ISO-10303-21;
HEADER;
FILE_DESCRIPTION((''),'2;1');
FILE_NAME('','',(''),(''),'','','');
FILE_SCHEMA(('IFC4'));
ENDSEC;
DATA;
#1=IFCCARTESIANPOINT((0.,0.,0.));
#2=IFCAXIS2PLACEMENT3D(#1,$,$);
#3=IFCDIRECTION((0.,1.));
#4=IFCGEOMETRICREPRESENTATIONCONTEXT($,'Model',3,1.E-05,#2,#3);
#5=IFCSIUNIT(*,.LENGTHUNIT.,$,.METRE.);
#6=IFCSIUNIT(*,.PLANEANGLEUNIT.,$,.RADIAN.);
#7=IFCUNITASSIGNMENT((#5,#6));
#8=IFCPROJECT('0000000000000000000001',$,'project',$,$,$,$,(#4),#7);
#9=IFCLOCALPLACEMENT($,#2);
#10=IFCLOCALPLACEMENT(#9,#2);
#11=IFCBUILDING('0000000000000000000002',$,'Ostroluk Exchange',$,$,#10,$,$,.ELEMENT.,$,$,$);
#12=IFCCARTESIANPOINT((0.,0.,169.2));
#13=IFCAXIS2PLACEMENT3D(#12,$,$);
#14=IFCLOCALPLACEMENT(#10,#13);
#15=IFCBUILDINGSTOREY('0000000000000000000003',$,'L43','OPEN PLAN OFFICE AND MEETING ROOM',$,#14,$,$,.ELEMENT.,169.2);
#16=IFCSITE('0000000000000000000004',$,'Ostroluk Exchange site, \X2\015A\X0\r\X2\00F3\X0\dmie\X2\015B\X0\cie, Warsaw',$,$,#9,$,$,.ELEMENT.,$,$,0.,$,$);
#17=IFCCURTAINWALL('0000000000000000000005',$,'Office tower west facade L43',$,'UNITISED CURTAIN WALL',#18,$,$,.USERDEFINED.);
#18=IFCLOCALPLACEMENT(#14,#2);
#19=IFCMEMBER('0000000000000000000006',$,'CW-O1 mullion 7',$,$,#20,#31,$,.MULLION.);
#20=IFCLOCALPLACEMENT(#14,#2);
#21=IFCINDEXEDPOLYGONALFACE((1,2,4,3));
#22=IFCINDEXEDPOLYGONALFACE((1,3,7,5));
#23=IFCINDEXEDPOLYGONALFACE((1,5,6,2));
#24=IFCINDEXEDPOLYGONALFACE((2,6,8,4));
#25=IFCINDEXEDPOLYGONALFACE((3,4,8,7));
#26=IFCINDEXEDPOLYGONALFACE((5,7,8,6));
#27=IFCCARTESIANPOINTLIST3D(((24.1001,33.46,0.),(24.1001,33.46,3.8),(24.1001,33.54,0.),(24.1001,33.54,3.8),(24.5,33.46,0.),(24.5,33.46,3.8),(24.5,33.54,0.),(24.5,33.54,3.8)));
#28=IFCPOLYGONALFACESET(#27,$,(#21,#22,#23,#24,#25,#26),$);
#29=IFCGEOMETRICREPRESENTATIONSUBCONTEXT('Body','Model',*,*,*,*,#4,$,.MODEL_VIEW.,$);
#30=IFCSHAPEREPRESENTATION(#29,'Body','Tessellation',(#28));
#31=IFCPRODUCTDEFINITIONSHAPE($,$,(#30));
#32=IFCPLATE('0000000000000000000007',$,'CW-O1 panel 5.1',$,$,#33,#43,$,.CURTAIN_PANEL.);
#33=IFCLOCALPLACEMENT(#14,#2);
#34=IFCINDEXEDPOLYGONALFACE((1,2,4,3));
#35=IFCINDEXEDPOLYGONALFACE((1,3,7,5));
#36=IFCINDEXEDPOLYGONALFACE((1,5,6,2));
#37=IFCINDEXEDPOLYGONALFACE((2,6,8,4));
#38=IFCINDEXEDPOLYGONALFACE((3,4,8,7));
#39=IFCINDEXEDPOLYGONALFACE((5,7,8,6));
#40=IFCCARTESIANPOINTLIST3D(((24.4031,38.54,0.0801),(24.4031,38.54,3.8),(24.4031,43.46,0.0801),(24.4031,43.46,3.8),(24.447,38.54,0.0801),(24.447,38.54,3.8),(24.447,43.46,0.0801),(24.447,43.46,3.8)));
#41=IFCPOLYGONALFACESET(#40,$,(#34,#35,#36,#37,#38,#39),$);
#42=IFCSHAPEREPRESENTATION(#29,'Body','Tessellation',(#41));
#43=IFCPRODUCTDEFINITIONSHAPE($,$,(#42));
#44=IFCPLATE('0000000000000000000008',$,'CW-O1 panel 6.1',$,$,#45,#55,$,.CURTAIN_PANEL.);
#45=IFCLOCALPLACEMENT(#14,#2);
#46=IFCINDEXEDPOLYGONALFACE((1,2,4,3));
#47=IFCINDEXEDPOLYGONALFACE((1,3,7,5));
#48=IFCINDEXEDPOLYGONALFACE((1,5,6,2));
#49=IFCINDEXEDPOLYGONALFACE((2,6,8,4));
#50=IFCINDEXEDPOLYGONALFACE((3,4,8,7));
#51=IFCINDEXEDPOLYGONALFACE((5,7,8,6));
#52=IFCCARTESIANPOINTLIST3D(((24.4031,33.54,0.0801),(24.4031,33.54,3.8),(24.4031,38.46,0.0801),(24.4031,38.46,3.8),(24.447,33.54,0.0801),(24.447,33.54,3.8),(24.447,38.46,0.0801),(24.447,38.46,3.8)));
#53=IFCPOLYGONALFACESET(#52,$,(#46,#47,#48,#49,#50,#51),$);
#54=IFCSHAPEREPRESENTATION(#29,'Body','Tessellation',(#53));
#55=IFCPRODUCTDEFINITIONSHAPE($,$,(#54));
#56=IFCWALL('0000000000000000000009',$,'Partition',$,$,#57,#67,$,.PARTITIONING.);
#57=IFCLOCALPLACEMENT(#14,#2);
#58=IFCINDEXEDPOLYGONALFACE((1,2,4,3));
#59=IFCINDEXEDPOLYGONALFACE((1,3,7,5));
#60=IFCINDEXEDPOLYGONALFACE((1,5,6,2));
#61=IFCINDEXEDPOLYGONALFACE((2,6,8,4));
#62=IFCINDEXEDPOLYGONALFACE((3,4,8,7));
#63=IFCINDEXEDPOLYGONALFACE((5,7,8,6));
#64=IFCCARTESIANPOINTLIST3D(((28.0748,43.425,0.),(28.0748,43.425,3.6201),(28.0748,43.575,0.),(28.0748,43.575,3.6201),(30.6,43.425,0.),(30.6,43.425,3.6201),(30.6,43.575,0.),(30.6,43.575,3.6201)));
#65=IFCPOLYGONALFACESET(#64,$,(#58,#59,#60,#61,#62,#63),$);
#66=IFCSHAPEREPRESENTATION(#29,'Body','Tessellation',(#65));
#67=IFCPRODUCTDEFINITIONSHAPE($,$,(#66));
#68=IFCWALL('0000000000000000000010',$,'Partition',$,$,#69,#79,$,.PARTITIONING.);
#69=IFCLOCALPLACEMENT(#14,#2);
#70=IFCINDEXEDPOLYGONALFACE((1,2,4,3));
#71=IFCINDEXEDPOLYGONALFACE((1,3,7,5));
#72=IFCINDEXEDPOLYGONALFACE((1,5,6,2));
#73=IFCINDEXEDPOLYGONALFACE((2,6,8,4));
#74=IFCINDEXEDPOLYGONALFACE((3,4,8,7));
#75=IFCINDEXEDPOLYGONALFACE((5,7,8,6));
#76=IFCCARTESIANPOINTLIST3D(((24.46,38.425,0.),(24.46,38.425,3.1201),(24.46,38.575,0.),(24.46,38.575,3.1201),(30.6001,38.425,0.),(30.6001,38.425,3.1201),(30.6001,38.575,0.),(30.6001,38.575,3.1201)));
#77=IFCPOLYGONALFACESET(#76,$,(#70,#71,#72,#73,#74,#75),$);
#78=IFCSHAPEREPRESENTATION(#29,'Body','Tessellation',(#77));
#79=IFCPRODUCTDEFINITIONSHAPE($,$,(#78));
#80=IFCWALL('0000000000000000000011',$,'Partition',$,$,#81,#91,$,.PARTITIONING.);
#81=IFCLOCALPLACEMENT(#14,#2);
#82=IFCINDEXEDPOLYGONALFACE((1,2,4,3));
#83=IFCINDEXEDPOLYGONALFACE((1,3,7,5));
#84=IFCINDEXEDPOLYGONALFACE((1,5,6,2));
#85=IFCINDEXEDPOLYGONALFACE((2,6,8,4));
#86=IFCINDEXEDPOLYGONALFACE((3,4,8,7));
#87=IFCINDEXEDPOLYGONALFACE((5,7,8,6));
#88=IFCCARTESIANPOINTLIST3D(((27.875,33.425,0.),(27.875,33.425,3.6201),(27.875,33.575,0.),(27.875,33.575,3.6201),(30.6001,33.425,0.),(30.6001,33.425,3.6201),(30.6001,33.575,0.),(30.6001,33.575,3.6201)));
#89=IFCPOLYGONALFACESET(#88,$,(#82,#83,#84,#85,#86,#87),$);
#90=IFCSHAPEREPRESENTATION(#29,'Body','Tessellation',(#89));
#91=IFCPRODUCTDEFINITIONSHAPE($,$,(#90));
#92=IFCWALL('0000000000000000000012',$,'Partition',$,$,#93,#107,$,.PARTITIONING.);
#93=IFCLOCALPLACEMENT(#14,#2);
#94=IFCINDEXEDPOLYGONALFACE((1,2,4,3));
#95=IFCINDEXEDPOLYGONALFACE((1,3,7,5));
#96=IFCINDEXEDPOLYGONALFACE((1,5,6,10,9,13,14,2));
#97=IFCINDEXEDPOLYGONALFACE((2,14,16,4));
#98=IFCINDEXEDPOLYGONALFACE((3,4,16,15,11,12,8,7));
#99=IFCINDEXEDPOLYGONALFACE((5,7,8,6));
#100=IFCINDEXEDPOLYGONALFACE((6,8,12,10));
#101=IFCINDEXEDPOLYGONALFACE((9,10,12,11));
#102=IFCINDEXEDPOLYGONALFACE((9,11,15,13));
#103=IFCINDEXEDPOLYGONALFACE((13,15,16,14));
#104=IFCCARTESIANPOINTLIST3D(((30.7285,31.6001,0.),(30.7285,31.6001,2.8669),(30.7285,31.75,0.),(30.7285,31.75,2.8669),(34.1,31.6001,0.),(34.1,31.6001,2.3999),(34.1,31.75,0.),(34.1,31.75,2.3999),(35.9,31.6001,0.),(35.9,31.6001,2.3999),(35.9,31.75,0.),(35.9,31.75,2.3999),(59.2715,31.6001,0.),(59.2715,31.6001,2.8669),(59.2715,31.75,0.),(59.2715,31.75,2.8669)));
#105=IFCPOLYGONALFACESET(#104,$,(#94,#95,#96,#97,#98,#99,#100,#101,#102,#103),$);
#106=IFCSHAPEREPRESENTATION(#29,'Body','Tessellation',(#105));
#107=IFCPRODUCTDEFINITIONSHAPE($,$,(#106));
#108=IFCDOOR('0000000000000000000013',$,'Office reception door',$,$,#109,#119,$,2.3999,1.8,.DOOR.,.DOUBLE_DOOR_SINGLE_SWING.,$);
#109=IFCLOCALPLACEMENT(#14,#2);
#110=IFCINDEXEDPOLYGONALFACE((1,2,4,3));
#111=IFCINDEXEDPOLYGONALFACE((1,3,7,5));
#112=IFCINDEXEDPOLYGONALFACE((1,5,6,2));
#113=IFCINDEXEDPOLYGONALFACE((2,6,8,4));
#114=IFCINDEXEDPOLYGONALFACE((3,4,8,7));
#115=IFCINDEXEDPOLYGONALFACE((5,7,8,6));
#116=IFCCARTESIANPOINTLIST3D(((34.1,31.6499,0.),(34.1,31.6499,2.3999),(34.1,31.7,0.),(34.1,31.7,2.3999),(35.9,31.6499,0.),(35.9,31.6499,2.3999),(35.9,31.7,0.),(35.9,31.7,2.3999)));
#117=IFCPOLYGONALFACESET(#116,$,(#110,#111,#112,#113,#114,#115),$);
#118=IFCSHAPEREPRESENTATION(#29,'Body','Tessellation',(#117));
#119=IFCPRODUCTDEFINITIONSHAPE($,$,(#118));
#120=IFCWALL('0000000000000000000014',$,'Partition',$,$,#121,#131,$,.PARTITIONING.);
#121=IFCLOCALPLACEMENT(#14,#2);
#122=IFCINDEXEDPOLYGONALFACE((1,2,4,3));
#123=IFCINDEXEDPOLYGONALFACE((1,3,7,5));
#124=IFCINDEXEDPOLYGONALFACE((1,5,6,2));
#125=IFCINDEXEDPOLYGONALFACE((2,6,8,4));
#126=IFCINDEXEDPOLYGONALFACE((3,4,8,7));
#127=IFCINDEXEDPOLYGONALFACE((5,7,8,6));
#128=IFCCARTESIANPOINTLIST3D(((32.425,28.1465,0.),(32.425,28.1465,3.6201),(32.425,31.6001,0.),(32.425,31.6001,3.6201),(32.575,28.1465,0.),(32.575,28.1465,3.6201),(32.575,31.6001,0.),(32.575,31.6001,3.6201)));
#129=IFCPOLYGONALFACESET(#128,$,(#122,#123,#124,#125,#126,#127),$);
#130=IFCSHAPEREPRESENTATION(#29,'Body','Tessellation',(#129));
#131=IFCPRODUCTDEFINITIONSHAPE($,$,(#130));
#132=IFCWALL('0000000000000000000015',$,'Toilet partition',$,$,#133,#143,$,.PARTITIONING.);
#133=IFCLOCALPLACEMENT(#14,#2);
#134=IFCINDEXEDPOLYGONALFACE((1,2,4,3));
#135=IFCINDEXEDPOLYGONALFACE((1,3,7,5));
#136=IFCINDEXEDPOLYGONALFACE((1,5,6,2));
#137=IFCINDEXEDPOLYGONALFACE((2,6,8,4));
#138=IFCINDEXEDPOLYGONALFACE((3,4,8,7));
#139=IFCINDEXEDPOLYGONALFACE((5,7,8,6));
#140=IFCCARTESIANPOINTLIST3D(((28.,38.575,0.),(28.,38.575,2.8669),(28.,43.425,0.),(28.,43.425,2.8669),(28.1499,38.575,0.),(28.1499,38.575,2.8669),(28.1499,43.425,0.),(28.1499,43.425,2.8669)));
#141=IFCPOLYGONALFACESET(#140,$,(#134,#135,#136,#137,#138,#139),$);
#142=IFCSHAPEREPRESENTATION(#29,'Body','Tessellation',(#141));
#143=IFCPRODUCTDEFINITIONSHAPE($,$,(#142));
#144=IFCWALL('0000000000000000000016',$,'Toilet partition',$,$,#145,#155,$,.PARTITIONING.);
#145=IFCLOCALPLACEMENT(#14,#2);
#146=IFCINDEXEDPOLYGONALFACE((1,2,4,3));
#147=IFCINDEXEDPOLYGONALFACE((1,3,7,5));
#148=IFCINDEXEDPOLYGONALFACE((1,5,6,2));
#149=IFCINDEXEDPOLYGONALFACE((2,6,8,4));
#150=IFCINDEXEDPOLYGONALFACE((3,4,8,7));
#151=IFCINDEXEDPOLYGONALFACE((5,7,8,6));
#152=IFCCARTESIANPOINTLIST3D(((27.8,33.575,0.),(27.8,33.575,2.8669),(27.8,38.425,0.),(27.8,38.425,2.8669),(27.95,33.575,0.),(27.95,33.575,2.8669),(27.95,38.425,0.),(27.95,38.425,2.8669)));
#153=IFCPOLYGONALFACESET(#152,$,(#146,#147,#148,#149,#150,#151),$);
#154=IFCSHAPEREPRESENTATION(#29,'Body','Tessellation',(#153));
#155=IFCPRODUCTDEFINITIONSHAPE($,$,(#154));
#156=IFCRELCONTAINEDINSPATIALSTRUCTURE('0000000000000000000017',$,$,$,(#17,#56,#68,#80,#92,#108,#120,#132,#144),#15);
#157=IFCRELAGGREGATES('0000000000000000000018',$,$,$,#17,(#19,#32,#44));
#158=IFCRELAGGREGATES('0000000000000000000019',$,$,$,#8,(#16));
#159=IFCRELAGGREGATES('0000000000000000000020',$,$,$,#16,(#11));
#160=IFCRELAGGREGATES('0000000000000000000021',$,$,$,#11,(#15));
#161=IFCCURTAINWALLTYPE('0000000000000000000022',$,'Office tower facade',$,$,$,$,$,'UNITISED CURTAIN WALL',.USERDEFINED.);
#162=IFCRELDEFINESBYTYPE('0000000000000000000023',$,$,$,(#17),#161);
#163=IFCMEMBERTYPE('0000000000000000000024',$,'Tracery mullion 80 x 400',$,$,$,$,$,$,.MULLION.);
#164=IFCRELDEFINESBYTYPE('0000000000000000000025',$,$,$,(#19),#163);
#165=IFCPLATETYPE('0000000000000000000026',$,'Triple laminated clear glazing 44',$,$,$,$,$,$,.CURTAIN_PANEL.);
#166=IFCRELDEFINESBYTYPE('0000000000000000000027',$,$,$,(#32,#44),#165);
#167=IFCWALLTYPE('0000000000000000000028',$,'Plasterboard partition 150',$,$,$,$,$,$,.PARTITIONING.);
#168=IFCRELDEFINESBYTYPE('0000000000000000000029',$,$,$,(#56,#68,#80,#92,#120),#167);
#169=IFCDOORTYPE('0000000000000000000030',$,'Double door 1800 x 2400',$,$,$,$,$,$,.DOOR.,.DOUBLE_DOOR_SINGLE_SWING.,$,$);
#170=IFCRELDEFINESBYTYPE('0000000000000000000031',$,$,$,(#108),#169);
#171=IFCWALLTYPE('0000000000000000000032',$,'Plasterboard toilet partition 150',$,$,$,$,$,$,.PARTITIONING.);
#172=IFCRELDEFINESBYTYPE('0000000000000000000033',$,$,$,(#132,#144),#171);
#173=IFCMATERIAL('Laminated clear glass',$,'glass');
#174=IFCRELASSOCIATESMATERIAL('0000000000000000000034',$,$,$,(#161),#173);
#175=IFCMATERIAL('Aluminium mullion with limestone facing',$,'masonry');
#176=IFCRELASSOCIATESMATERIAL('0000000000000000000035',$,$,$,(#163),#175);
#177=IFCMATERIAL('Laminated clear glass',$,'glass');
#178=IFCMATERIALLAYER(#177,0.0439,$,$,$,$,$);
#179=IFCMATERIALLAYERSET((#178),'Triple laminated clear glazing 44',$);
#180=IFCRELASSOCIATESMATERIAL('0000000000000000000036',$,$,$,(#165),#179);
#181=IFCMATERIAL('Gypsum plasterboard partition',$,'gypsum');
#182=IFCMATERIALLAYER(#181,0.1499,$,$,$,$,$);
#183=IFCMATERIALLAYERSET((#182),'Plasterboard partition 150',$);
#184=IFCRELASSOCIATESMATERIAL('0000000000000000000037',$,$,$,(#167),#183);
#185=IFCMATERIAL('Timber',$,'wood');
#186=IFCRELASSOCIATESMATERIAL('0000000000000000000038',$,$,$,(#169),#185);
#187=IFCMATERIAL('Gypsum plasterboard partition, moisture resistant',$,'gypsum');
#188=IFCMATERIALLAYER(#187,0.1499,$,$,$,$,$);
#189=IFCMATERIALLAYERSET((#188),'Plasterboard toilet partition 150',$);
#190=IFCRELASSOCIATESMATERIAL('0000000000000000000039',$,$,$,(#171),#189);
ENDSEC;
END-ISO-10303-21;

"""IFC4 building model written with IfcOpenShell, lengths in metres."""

from ifc_helpers import new_model, si_unit, direction, frame, frame_2d, origin, origin_2d, place, context, subcontext, project, spatial, rectangle, extrude, material, layer, layer_set, material_profile, profile_set, type_object, element, fill, aggregate, save


model = new_model("IFC4")

# Units and contexts
model_context = context("Model", 3, precision=1e-05, world=origin(), true_north=direction((0.0, 1.0)))
body_context = subcontext(model_context, "Body", "Model", "MODEL_VIEW")
ifc_project = project(units=[si_unit("LENGTHUNIT", "METRE"), si_unit("PLANEANGLEUNIT", "RADIAN")], contexts=[model_context])

# Site, building, storey
site_placement = place(None, origin())
site = spatial("IfcSite", under=ifc_project, at=site_placement, Name="Ostroluk Exchange site, Śródmieście, Warsaw", CompositionType="ELEMENT", RefElevation=0.0)
building_placement = place(site_placement, origin())
building = spatial("IfcBuilding", under=site, at=building_placement, Name="Ostroluk Exchange", CompositionType="ELEMENT")
storey_placement = place(building_placement, frame((0.0, 0.0, 169.2)))
storey = spatial("IfcBuildingStorey", under=building, at=storey_placement, Name="L43", Description="OPEN PLAN OFFICE AND MEETING ROOM", CompositionType="ELEMENT", Elevation=169.2)

# Curtain wall, member, plates
ifc_material_1 = material(Name="Laminated clear glass", Category="glass")
curtain_wall_type = type_object("IfcCurtainWallType", Name="Office tower facade", ElementType="UNITISED CURTAIN WALL", PredefinedType="USERDEFINED", material=ifc_material_1)
curtain_wall_placement = place(storey_placement, origin())
curtain_wall = element("IfcCurtainWall", 1, at=curtain_wall_placement, inside=storey, type_object=curtain_wall_type, Name="Office tower west facade L43", ObjectType="UNITISED CURTAIN WALL", PredefinedType="USERDEFINED")
ifc_material_2 = material(Name="Aluminium mullion with limestone facing", Category="masonry")
ifc_material_profile_1 = material_profile(ifc_material_2, rectangle(XDim=0.3999, YDim=0.0801, at=origin_2d()), Name="Tracery mullion 80 x 400")
ifc_profile_set_1 = profile_set([ifc_material_profile_1], Name="Aluminium mullion with limestone facing")
member_type_1 = type_object("IfcMemberType", Name="Tracery mullion 80 x 400", PredefinedType="MULLION", material=ifc_profile_set_1)
member_1_placement = place(storey_placement, frame((24.3, 33.5, 0.0), z_axis=(0.0, 0.0, 1.0), x_axis=(1.0, 0.0, 0.0)))
member_1 = element("IfcMember", 2, at=member_1_placement, type_object=member_type_1, Name="CW-O1 mullion 7", PredefinedType="MULLION", context=body_context, shape_type="SweptSolid", body=[
    extrude(rectangle(XDim=0.3999, YDim=0.0801, at=origin_2d()), origin(), (0.0, 0.0, 1.0), 3.8),
])
ifc_material_3 = material(Name="Laminated clear glass", Category="glass")
ifc_layer_1 = layer(ifc_material_3, 0.0439)
ifc_layer_set_1 = layer_set([ifc_layer_1], Name="Triple laminated clear glazing 44")
plate_type = type_object("IfcPlateType", Name="Triple laminated clear glazing 44", PredefinedType="CURTAIN_PANEL", material=ifc_layer_set_1)
plate_1_placement = place(storey_placement, frame((24.425, 41.0, 0.0801), z_axis=(0.0, 0.0, 1.0), x_axis=(0.0, -1.0, 0.0)))
plate_1 = element("IfcPlate", 3, at=plate_1_placement, type_object=plate_type, Name="CW-O1 panel 5.1", PredefinedType="CURTAIN_PANEL", context=body_context, shape_type="SweptSolid", body=[
    extrude(rectangle(XDim=4.9199, YDim=0.0439, at=origin_2d()), origin(), (0.0, 0.0, 1.0), 3.72),
])
plate_2_placement = place(storey_placement, frame((24.425, 36.0, 0.0801), z_axis=(0.0, 0.0, 1.0), x_axis=(0.0, -1.0, 0.0)))
plate_2 = element("IfcPlate", 4, at=plate_2_placement, type_object=plate_type, Name="CW-O1 panel 6.1", PredefinedType="CURTAIN_PANEL", context=body_context, shape_type="SweptSolid", body=[
    extrude(rectangle(XDim=4.9199, YDim=0.0439, at=origin_2d()), origin(), (0.0, 0.0, 1.0), 3.72),
])
aggregate(curtain_wall, [member_1, plate_1, plate_2])

# Walls
ifc_material_4 = material(Name="Gypsum plasterboard partition", Category="gypsum")
ifc_layer_2 = layer(ifc_material_4, 0.1499)
ifc_layer_set_2 = layer_set([ifc_layer_2], Name="Plasterboard partition 150")
wall_type_1 = type_object("IfcWallType", Name="Plasterboard partition 150", PredefinedType="PARTITIONING", material=ifc_layer_set_2)
wall_1_placement = place(storey_placement, frame((30.6001, 43.5, 0.0), z_axis=(0.0, 0.0, 1.0), x_axis=(-1.0, 0.0, 0.0)))
element("IfcWall", 5, at=wall_1_placement, inside=storey, type_object=wall_type_1, Name="Partition", PredefinedType="PARTITIONING", context=body_context, shape_type="SweptSolid", body=[
    extrude(rectangle(XDim=2.5251, YDim=0.1499, at=frame_2d((1.2627, 0.0))), origin(), (0.0, 0.0, 1.0), 3.6201),
])
wall_2_placement = place(storey_placement, frame((30.6001, 38.5, 0.0), z_axis=(0.0, 0.0, 1.0), x_axis=(-1.0, 0.0, 0.0)))
element("IfcWall", 6, at=wall_2_placement, inside=storey, type_object=wall_type_1, Name="Partition", PredefinedType="PARTITIONING", context=body_context, shape_type="SweptSolid", body=[
    extrude(rectangle(XDim=6.1401, YDim=0.1499, at=frame_2d((3.0701, 0.0))), origin(), (0.0, 0.0, 1.0), 3.1201),
])
wall_3_placement = place(storey_placement, frame((30.6001, 33.5, 0.0), z_axis=(0.0, 0.0, 1.0), x_axis=(-1.0, 0.0, 0.0)))
element("IfcWall", 7, at=wall_3_placement, inside=storey, type_object=wall_type_1, Name="Partition", PredefinedType="PARTITIONING", context=body_context, shape_type="SweptSolid", body=[
    extrude(rectangle(XDim=2.7251, YDim=0.1499, at=frame_2d((1.3625, 0.0))), origin(), (0.0, 0.0, 1.0), 3.6201),
])

# Wall, opening, door
wall_4_placement = place(storey_placement, frame((30.7285, 31.675, 0.0), z_axis=(0.0, 0.0, 1.0), x_axis=(1.0, 0.0, 0.0)))
wall_4 = element("IfcWall", 8, at=wall_4_placement, inside=storey, type_object=wall_type_1, Name="Partition", PredefinedType="PARTITIONING", context=body_context, shape_type="SweptSolid", body=[
    extrude(rectangle(XDim=28.543, YDim=0.1499, at=frame_2d((14.2715, 0.0))), origin(), (0.0, 0.0, 1.0), 2.8669),
])
opening_placement = place(wall_4_placement, frame((3.3716, 0.0, 0.0)))
opening = element("IfcOpeningElement", 9, at=opening_placement, cuts=wall_4, PredefinedType="OPENING", context=body_context, shape_type="SweptSolid", body=[
    extrude(rectangle(XDim=1.8, YDim=2.3999, at=frame_2d((0.8999, 1.2))), frame((0.0, 0.085, 0.0), z_axis=(0.0, -1.0, 0.0), x_axis=(1.0, 0.0, 0.0)), (0.0, 0.0, 1.0), 0.1699),
])
ifc_material_5 = material(Name="Timber", Category="wood")
door_type = type_object("IfcDoorType", Name="Double door 1800 x 2400", OperationType="DOUBLE_DOOR_SINGLE_SWING", PredefinedType="DOOR", material=ifc_material_5)
door_placement = place(opening_placement, origin())
door = element("IfcDoor", 10, at=door_placement, inside=storey, type_object=door_type, Name="Office reception door", OperationType="DOUBLE_DOOR_SINGLE_SWING", OverallHeight=2.3999, OverallWidth=1.8, PredefinedType="DOOR", context=body_context, shape_type="SweptSolid", body=[
    extrude(rectangle(XDim=1.8, YDim=2.3999, at=frame_2d((0.8999, 1.2))), frame((0.0, 0.0249, 0.0), z_axis=(0.0, -1.0, 0.0), x_axis=(1.0, 0.0, 0.0)), (0.0, 0.0, 1.0), 0.05),
])
fill(opening, door)

# Walls
wall_5_placement = place(storey_placement, frame((32.5, 31.6001, 0.0), z_axis=(0.0, 0.0, 1.0), x_axis=(0.0, -1.0, 0.0)))
element("IfcWall", 11, at=wall_5_placement, inside=storey, type_object=wall_type_1, Name="Partition", PredefinedType="PARTITIONING", context=body_context, shape_type="SweptSolid", body=[
    extrude(rectangle(XDim=3.4536, YDim=0.1499, at=frame_2d((1.7268, 0.0))), origin(), (0.0, 0.0, 1.0), 3.6201),
])
ifc_material_6 = material(Name="Gypsum plasterboard partition, moisture resistant", Category="gypsum")
ifc_layer_3 = layer(ifc_material_6, 0.1499)
ifc_layer_set_3 = layer_set([ifc_layer_3], Name="Plasterboard toilet partition 150")
wall_type_2 = type_object("IfcWallType", Name="Plasterboard toilet partition 150", PredefinedType="PARTITIONING", material=ifc_layer_set_3)
for number, where, z_axis, x_axis, name in (
    (12, (28.075, 43.425, 0.0), (0.0, 0.0, 1.0), (0.0, -1.0, 0.0), "Toilet partition"),
    (13, (27.875, 38.425, 0.0), (0.0, 0.0, 1.0), (0.0, -1.0, 0.0), "Toilet partition"),
):
    element("IfcWall", number, at=place(storey_placement, frame(where, z_axis=z_axis, x_axis=x_axis)), inside=storey, type_object=wall_type_2, Name=name, PredefinedType="PARTITIONING", context=body_context, shape_type="SweptSolid", body=[
        extrude(rectangle(XDim=4.8501, YDim=0.1499, at=frame_2d((2.425, 0.0))), origin(), (0.0, 0.0, 1.0), 2.8669),
    ])

save(model, "model.ifc")
